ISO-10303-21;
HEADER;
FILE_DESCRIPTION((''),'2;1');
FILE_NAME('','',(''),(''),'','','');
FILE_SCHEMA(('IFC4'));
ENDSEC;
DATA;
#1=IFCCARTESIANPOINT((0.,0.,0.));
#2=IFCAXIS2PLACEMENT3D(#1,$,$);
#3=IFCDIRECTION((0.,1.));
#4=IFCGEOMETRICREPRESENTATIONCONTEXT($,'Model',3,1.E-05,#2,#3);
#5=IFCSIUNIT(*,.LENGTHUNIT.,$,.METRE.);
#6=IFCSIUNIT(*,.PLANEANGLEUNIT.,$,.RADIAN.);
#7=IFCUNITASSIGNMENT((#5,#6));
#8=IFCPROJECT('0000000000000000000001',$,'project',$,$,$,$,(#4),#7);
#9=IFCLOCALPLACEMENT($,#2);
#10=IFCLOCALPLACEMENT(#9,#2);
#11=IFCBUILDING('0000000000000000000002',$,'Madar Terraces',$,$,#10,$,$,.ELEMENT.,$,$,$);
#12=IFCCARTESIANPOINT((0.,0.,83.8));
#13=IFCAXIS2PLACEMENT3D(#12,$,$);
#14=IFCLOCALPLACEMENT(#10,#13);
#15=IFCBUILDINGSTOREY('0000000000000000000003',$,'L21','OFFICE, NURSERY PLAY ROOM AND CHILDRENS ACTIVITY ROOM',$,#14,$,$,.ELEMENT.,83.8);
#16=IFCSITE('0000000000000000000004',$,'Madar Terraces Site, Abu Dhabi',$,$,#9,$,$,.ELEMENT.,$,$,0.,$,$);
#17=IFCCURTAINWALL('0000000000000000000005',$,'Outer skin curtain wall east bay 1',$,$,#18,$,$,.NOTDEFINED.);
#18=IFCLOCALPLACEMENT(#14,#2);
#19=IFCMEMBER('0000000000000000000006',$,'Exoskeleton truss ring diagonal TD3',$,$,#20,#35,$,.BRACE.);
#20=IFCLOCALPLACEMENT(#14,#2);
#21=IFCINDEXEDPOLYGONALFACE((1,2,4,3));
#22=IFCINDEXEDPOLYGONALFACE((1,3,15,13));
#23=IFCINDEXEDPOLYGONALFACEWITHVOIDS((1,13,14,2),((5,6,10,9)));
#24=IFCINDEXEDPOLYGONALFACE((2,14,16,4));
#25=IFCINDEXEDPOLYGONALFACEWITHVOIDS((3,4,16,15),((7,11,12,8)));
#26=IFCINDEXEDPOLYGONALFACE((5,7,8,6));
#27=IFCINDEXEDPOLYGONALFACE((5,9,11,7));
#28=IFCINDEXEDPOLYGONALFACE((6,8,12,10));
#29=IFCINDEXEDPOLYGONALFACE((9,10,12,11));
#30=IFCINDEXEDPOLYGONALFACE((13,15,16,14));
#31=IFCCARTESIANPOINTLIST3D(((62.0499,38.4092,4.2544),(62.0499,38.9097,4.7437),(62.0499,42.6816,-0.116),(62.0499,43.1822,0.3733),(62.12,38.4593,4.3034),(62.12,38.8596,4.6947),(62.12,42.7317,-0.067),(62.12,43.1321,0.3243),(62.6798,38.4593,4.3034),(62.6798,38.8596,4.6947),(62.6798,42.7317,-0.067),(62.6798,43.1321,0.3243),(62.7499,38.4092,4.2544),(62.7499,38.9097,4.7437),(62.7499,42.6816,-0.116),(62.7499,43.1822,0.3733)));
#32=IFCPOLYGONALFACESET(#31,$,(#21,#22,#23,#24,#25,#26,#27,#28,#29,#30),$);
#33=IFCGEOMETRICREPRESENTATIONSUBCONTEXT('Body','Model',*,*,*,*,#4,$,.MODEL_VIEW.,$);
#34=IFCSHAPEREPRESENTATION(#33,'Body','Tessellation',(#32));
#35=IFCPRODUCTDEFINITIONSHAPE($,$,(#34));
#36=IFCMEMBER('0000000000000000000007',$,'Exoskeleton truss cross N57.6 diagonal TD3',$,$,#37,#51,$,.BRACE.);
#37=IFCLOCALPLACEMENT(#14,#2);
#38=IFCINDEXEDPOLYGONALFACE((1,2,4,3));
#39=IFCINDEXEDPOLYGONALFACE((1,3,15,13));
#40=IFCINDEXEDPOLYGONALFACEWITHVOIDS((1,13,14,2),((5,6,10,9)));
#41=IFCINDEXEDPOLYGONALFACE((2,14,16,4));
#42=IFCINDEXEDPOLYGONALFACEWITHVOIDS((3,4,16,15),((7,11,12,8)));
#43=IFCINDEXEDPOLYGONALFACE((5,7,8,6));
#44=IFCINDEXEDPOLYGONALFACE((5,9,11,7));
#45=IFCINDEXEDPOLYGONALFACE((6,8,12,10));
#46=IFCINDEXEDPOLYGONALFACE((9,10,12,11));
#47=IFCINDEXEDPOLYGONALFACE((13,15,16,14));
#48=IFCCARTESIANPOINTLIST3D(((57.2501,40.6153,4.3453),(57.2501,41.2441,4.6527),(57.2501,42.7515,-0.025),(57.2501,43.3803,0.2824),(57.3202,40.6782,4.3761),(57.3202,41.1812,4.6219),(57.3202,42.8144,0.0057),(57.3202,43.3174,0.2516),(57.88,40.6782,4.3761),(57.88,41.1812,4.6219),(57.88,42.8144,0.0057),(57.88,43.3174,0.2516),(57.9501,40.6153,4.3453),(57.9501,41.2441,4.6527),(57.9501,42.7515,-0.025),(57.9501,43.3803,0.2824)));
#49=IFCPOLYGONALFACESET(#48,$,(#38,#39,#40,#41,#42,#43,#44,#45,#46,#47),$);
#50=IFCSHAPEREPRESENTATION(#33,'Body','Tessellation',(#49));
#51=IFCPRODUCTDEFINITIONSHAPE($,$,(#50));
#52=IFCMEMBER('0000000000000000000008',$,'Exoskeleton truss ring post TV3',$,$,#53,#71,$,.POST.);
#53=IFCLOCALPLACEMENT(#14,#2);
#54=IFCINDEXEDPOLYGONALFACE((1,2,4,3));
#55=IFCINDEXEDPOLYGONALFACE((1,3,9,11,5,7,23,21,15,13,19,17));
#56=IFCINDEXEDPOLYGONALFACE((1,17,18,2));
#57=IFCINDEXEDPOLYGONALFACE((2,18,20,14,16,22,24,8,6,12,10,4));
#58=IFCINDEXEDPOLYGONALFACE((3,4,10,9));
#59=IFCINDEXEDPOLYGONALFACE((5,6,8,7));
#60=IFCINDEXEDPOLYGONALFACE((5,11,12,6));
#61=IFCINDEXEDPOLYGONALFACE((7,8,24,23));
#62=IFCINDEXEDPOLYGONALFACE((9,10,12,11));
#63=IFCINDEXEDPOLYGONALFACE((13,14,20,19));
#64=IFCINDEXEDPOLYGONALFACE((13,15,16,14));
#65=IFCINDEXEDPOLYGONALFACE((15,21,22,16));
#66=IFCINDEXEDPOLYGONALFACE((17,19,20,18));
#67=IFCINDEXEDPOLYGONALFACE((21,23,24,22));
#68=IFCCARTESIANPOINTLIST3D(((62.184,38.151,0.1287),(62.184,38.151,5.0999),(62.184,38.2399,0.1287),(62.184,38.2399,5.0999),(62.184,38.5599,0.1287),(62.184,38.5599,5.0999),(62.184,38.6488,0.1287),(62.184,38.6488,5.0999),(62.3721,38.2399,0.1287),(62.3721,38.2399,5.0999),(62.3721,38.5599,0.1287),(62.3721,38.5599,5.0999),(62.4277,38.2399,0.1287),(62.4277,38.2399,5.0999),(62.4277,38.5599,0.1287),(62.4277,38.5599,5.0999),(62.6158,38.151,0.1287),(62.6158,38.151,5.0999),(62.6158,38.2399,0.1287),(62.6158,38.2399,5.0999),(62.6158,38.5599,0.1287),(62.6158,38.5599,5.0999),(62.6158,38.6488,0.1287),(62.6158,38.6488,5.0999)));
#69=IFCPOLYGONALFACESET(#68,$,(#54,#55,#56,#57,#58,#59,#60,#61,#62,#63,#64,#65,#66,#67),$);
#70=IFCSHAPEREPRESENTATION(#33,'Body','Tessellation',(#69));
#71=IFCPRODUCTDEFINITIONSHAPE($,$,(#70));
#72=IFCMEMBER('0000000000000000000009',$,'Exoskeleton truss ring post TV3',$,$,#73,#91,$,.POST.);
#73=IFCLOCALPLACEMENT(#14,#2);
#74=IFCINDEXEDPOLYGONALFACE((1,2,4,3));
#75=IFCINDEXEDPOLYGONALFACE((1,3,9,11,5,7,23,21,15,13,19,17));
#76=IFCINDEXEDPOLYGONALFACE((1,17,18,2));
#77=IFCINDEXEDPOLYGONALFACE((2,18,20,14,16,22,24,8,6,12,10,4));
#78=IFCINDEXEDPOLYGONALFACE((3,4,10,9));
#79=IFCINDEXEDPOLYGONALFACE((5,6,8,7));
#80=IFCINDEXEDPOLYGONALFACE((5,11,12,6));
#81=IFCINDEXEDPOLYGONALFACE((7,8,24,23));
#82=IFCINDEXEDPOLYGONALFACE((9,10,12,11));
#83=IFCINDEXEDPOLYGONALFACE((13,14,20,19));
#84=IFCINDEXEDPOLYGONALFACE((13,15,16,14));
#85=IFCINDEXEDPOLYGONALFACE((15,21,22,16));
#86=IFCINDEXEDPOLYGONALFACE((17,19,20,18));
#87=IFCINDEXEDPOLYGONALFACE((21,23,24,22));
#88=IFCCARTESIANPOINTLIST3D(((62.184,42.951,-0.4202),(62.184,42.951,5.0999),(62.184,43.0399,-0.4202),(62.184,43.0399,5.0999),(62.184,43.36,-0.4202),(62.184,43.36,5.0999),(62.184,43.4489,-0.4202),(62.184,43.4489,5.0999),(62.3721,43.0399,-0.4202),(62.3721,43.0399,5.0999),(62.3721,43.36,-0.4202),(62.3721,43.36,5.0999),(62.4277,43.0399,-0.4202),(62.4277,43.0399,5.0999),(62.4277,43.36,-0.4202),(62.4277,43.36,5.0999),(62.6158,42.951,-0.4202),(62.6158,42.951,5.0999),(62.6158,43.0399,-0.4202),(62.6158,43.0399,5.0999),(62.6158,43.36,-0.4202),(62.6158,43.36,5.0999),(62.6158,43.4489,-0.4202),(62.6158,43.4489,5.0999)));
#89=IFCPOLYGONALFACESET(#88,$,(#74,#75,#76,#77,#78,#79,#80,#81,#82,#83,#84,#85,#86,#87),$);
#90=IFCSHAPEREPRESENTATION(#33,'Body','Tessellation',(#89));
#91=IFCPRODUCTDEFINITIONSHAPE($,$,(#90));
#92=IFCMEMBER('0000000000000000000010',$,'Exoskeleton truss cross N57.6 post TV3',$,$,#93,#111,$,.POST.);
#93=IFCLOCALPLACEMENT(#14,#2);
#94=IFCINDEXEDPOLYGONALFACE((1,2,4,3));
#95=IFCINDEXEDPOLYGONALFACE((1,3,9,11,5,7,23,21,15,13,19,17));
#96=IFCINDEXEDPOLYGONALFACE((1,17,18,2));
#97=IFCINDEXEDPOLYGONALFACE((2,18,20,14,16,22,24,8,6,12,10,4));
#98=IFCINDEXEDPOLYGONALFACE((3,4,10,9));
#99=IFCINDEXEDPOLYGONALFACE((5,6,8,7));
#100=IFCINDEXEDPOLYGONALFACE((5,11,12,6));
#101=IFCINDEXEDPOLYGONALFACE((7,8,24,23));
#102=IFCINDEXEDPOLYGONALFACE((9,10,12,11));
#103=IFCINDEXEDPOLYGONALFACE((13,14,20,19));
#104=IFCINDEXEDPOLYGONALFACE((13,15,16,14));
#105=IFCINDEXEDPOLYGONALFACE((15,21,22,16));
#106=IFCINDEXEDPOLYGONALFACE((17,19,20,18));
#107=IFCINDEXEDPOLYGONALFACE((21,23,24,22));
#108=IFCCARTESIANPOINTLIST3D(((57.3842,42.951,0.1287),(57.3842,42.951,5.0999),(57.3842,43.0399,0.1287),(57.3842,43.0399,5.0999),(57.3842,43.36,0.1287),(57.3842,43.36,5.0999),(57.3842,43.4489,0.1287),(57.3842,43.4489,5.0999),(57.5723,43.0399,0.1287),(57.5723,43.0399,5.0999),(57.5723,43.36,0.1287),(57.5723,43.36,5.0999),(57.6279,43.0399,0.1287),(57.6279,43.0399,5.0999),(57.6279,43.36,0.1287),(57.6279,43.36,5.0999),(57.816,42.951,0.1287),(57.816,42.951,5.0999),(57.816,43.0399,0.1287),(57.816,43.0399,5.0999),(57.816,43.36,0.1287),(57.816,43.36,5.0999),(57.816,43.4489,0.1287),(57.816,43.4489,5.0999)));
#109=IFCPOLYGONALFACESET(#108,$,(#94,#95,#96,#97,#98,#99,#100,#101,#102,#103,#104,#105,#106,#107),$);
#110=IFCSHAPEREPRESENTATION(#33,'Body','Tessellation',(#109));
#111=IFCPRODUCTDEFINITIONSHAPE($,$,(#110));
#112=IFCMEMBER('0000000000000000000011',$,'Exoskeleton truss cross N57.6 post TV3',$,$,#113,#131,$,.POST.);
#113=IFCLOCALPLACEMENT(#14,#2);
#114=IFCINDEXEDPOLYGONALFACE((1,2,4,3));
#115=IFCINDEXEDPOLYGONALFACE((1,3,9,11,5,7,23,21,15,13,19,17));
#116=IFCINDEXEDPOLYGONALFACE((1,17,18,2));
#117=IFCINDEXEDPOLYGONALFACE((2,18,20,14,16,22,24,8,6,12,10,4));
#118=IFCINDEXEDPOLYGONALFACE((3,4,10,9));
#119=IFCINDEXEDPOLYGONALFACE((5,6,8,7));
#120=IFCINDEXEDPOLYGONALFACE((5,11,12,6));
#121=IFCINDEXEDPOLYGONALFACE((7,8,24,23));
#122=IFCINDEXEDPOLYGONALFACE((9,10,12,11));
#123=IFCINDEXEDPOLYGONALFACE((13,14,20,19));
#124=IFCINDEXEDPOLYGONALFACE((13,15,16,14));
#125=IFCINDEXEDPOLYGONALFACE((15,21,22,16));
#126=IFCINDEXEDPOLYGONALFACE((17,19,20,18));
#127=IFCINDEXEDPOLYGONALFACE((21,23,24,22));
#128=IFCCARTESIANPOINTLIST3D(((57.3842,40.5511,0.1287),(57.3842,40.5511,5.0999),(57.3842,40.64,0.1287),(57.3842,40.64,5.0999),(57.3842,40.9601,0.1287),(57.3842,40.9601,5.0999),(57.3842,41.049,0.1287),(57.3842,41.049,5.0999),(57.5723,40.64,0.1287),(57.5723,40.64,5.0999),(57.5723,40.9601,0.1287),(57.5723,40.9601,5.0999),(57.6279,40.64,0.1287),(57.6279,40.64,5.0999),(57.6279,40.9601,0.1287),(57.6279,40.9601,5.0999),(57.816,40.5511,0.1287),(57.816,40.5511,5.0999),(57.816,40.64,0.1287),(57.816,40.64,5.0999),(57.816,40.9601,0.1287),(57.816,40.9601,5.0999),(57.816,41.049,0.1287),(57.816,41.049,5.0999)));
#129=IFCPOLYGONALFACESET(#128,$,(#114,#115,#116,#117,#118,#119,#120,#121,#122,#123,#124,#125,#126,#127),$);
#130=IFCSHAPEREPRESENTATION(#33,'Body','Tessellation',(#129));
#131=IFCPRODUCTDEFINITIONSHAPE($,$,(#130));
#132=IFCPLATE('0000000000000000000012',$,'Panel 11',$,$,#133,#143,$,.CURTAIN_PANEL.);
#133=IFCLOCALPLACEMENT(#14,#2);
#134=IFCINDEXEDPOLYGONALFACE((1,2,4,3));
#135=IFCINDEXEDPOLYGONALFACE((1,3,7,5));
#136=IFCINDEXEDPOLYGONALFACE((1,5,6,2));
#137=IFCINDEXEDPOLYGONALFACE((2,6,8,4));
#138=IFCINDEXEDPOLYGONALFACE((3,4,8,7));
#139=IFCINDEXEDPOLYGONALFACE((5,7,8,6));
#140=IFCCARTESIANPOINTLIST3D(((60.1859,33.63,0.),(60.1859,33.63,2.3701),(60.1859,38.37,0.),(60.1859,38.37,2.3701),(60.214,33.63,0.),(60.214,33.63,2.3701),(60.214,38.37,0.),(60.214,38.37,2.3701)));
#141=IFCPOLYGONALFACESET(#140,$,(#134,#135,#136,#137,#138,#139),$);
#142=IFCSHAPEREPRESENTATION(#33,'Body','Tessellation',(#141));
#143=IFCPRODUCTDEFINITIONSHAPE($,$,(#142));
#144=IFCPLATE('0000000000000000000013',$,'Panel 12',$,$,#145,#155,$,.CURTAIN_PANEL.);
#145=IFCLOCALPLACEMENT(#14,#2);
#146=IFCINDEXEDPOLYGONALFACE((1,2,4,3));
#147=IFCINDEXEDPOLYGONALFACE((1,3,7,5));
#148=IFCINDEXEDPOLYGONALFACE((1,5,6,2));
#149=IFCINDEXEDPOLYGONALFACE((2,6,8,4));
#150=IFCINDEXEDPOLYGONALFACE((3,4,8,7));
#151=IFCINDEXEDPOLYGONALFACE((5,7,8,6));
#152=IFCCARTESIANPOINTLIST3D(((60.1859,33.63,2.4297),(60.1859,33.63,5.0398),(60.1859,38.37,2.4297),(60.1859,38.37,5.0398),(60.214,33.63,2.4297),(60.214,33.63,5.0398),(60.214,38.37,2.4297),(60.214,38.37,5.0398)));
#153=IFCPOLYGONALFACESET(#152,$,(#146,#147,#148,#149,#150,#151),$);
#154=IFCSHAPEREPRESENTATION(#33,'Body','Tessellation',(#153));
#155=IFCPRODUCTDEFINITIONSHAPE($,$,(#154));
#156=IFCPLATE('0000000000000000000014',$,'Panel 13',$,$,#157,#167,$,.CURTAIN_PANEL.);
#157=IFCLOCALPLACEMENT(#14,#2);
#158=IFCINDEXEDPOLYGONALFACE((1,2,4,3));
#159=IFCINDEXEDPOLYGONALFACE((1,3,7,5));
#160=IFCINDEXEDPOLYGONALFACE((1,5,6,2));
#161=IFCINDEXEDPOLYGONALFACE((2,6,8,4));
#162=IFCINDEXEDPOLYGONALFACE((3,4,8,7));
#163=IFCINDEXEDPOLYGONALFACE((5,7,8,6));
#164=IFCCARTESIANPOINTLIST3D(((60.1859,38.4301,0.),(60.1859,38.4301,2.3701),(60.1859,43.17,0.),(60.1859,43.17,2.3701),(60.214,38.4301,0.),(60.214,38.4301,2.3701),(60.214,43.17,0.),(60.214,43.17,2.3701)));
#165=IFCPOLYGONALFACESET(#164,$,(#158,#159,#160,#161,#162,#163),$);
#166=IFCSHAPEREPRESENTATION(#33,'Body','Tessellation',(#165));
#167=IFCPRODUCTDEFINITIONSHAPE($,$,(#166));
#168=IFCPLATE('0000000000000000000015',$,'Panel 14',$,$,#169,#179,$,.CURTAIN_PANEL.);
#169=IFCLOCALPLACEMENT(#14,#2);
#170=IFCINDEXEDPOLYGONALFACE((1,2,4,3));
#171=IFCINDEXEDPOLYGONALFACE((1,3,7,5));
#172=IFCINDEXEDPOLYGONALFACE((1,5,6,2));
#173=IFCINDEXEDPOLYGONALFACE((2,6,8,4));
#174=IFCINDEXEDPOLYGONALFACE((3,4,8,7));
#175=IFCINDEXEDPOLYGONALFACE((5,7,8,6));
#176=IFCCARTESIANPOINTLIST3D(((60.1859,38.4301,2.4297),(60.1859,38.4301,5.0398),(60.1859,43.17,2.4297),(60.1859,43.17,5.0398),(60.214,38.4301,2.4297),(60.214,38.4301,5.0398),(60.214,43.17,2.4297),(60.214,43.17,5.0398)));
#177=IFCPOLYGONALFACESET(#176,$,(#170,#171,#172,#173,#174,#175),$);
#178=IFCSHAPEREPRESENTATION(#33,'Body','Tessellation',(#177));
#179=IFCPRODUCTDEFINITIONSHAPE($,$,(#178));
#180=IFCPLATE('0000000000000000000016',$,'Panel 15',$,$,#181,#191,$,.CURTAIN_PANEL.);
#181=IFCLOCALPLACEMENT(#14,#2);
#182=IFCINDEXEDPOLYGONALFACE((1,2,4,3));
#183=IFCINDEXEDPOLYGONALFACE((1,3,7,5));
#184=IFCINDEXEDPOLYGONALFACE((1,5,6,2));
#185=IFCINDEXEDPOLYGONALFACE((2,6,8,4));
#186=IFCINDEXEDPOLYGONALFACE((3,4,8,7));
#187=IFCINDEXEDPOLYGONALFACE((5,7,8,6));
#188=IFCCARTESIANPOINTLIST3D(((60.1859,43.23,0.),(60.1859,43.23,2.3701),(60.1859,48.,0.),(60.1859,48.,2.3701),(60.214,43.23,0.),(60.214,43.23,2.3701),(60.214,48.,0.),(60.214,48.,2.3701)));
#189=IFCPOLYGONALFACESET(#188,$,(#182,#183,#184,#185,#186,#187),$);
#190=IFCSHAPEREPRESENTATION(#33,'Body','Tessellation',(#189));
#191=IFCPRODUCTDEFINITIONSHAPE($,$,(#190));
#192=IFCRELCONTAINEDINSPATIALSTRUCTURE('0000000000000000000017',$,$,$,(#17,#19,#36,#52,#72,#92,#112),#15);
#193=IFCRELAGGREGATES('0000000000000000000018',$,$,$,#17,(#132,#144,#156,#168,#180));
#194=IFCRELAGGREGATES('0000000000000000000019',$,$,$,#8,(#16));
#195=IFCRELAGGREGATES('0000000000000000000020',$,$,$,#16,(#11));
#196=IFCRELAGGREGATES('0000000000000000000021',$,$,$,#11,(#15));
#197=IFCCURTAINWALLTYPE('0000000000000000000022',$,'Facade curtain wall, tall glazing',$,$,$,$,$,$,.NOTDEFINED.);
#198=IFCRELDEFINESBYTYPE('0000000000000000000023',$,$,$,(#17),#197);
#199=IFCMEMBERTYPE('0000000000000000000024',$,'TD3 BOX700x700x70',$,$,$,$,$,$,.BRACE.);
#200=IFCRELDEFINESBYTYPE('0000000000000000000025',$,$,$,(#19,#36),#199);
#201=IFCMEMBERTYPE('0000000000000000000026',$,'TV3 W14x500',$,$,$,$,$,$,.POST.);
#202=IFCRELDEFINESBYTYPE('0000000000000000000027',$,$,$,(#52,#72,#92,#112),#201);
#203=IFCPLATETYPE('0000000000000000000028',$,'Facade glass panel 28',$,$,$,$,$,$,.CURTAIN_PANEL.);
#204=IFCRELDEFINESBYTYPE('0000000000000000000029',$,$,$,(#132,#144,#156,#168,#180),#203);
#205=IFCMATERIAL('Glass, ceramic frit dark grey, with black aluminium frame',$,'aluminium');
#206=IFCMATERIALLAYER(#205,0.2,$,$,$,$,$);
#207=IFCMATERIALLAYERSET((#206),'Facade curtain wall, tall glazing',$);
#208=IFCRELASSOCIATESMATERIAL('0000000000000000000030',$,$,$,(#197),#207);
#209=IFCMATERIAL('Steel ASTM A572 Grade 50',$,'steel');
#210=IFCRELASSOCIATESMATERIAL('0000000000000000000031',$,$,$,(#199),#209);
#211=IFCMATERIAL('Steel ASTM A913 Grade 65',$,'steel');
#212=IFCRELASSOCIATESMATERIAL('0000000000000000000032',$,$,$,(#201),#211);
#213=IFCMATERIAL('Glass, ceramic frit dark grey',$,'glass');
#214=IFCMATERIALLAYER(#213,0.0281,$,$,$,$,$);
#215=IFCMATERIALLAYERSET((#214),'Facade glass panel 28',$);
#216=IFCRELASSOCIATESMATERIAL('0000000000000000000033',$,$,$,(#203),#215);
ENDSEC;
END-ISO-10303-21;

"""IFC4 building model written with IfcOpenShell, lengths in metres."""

from ifc_helpers import new_model, si_unit, direction, frame, origin, origin_2d, place, context, subcontext, project, spatial, rectangle, hollow_rectangle, i_section, extrude, material, layer, layer_set, material_profile, profile_set, type_object, element, aggregate, save


model = new_model("IFC4")

# Units and contexts
model_context = context("Model", 3, precision=1e-05, world=origin(), true_north=direction((0.0, 1.0)))
body_context = subcontext(model_context, "Body", "Model", "MODEL_VIEW")
ifc_project = project(units=[si_unit("LENGTHUNIT", "METRE"), si_unit("PLANEANGLEUNIT", "RADIAN")], contexts=[model_context])

# Site, building, storey
site_placement = place(None, origin())
site = spatial("IfcSite", under=ifc_project, at=site_placement, Name="Madar Terraces Site, Abu Dhabi", CompositionType="ELEMENT", RefElevation=0.0)
building_placement = place(site_placement, origin())
building = spatial("IfcBuilding", under=site, at=building_placement, Name="Madar Terraces", CompositionType="ELEMENT")
storey_placement = place(building_placement, frame((0.0, 0.0, 83.8)))
storey = spatial("IfcBuildingStorey", under=building, at=storey_placement, Name="L21", Description="OFFICE, NURSERY PLAY ROOM AND CHILDRENS ACTIVITY ROOM", CompositionType="ELEMENT", Elevation=83.8)

# Curtain wall
ifc_material_1 = material(Name="Glass, ceramic frit dark grey, with black aluminium frame", Category="aluminium")
ifc_layer_1 = layer(ifc_material_1, 0.2)
ifc_layer_set_1 = layer_set([ifc_layer_1], Name="Facade curtain wall, tall glazing")
curtain_wall_type = type_object("IfcCurtainWallType", Name="Facade curtain wall, tall glazing", PredefinedType="NOTDEFINED", material=ifc_layer_set_1)
curtain_wall_placement = place(storey_placement, origin())
curtain_wall = element("IfcCurtainWall", 1, at=curtain_wall_placement, inside=storey, type_object=curtain_wall_type, Name="Outer skin curtain wall east bay 1", PredefinedType="NOTDEFINED")

# Members
ifc_material_2 = material(Name="Steel ASTM A572 Grade 50", Category="steel")
ifc_material_profile_1 = material_profile(ifc_material_2, hollow_rectangle(XDim=0.7, YDim=0.7, WallThickness=0.0701, at=origin_2d()), Name="BOX700x700x70")
ifc_profile_set_1 = profile_set([ifc_material_profile_1], Name="Steel ASTM A572 Grade 50")
member_type_1 = type_object("IfcMemberType", Name="TD3 BOX700x700x70", PredefinedType="BRACE", material=ifc_profile_set_1)
member_1_placement = place(storey_placement, frame((62.3999, 38.6594, 4.499), z_axis=(0.0, 0.699052, -0.715071), x_axis=(-1.0, 0.0, 0.0)))
element("IfcMember", 2, at=member_1_placement, inside=storey, type_object=member_type_1, Name="Exoskeleton truss ring diagonal TD3", PredefinedType="BRACE", context=body_context, shape_type="SweptSolid", body=[
    extrude(hollow_rectangle(XDim=0.7, YDim=0.7, WallThickness=0.0701, at=origin_2d()), origin(), (0.0, 0.0, 1.0), 6.1118),
])
member_2_placement = place(storey_placement, frame((57.6001, 43.0659, 0.1287), z_axis=(0.0, -0.439145, 0.898416), x_axis=(1.0, 0.0, 0.0)))
element("IfcMember", 3, at=member_2_placement, inside=storey, type_object=member_type_1, Name="Exoskeleton truss cross N57.6 diagonal TD3", PredefinedType="BRACE", context=body_context, shape_type="SweptSolid", body=[
    extrude(hollow_rectangle(XDim=0.7, YDim=0.7, WallThickness=0.0701, at=origin_2d()), origin(), (0.0, 0.0, 1.0), 4.8645),
])
ifc_material_3 = material(Name="Steel ASTM A913 Grade 65", Category="steel")
ifc_material_profile_2 = material_profile(ifc_material_3, i_section(OverallWidth=0.4319, OverallDepth=0.4978, WebThickness=0.0557, FlangeThickness=0.0889, at=origin_2d()), Name="W14x500")
ifc_profile_set_2 = profile_set([ifc_material_profile_2], Name="Steel ASTM A913 Grade 65")
member_type_2 = type_object("IfcMemberType", Name="TV3 W14x500", PredefinedType="POST", material=ifc_profile_set_2)
member_3_placement = place(storey_placement, frame((62.3999, 38.3999, 0.1287), z_axis=(0.0, 0.0, 1.0), x_axis=(-1.0, 0.0, 0.0)))
element("IfcMember", 4, at=member_3_placement, inside=storey, type_object=member_type_2, Name="Exoskeleton truss ring post TV3", PredefinedType="POST", context=body_context, shape_type="SweptSolid", body=[
    extrude(i_section(OverallWidth=0.4319, OverallDepth=0.4978, WebThickness=0.0557, FlangeThickness=0.0889, at=origin_2d()), origin(), (0.0, 0.0, 1.0), 4.9712),
])
member_4_placement = place(storey_placement, frame((62.3999, 43.2, -0.4202), z_axis=(0.0, 0.0, 1.0), x_axis=(-1.0, 0.0, 0.0)))
element("IfcMember", 5, at=member_4_placement, inside=storey, type_object=member_type_2, Name="Exoskeleton truss ring post TV3", PredefinedType="POST", context=body_context, shape_type="SweptSolid", body=[
    extrude(i_section(OverallWidth=0.4319, OverallDepth=0.4978, WebThickness=0.0557, FlangeThickness=0.0889, at=origin_2d()), origin(), (0.0, 0.0, 1.0), 5.52),
])
for number, where, z_axis, x_axis, name in (
    (6, (57.6001, 43.2, 0.1287), (0.0, 0.0, 1.0), (-1.0, 0.0, 0.0), "Exoskeleton truss cross N57.6 post TV3"),
    (7, (57.6001, 40.8, 0.1287), (0.0, 0.0, 1.0), (-1.0, 0.0, 0.0), "Exoskeleton truss cross N57.6 post TV3"),
):
    element("IfcMember", number, at=place(storey_placement, frame(where, z_axis=z_axis, x_axis=x_axis)), inside=storey, type_object=member_type_2, Name=name, PredefinedType="POST", context=body_context, shape_type="SweptSolid", body=[
        extrude(i_section(OverallWidth=0.4319, OverallDepth=0.4978, WebThickness=0.0557, FlangeThickness=0.0889, at=origin_2d()), origin(), (0.0, 0.0, 1.0), 4.9712),
    ])

# Plates
ifc_material_4 = material(Name="Glass, ceramic frit dark grey", Category="glass")
ifc_layer_2 = layer(ifc_material_4, 0.0281)
ifc_layer_set_2 = layer_set([ifc_layer_2], Name="Facade glass panel 28")
plate_type = type_object("IfcPlateType", Name="Facade glass panel 28", PredefinedType="CURTAIN_PANEL", material=ifc_layer_set_2)
plate_1_placement = place(storey_placement, frame((60.2, 36.0, 0.0), z_axis=(0.0, 0.0, 1.0), x_axis=(0.0, 1.0, 0.0)))
plate_1 = element("IfcPlate", 8, at=plate_1_placement, type_object=plate_type, Name="Panel 11", PredefinedType="CURTAIN_PANEL", context=body_context, shape_type="SweptSolid", body=[
    extrude(rectangle(XDim=4.74, YDim=0.0281, at=origin_2d()), origin(), (0.0, 0.0, 1.0), 2.3701),
])
plate_2_placement = place(storey_placement, frame((60.2, 36.0, 2.4297), z_axis=(0.0, 0.0, 1.0), x_axis=(0.0, 1.0, 0.0)))
plate_2 = element("IfcPlate", 9, at=plate_2_placement, type_object=plate_type, Name="Panel 12", PredefinedType="CURTAIN_PANEL", context=body_context, shape_type="SweptSolid", body=[
    extrude(rectangle(XDim=4.74, YDim=0.0281, at=origin_2d()), origin(), (0.0, 0.0, 1.0), 2.6101),
])
plate_3_placement = place(storey_placement, frame((60.2, 40.8, 0.0), z_axis=(0.0, 0.0, 1.0), x_axis=(0.0, 1.0, 0.0)))
plate_3 = element("IfcPlate", 10, at=plate_3_placement, type_object=plate_type, Name="Panel 13", PredefinedType="CURTAIN_PANEL", context=body_context, shape_type="SweptSolid", body=[
    extrude(rectangle(XDim=4.74, YDim=0.0281, at=origin_2d()), origin(), (0.0, 0.0, 1.0), 2.3701),
])
plate_4_placement = place(storey_placement, frame((60.2, 40.8, 2.4297), z_axis=(0.0, 0.0, 1.0), x_axis=(0.0, 1.0, 0.0)))
plate_4 = element("IfcPlate", 11, at=plate_4_placement, type_object=plate_type, Name="Panel 14", PredefinedType="CURTAIN_PANEL", context=body_context, shape_type="SweptSolid", body=[
    extrude(rectangle(XDim=4.74, YDim=0.0281, at=origin_2d()), origin(), (0.0, 0.0, 1.0), 2.6101),
])
plate_5_placement = place(storey_placement, frame((60.2, 45.615, 0.0), z_axis=(0.0, 0.0, 1.0), x_axis=(0.0, 1.0, 0.0)))
plate_5 = element("IfcPlate", 12, at=plate_5_placement, type_object=plate_type, Name="Panel 15", PredefinedType="CURTAIN_PANEL", context=body_context, shape_type="SweptSolid", body=[
    extrude(rectangle(XDim=4.77, YDim=0.0281, at=origin_2d()), origin(), (0.0, 0.0, 1.0), 2.3701),
])
aggregate(curtain_wall, [plate_1, plate_2, plate_3, plate_4, plate_5])

save(model, "model.ifc")
